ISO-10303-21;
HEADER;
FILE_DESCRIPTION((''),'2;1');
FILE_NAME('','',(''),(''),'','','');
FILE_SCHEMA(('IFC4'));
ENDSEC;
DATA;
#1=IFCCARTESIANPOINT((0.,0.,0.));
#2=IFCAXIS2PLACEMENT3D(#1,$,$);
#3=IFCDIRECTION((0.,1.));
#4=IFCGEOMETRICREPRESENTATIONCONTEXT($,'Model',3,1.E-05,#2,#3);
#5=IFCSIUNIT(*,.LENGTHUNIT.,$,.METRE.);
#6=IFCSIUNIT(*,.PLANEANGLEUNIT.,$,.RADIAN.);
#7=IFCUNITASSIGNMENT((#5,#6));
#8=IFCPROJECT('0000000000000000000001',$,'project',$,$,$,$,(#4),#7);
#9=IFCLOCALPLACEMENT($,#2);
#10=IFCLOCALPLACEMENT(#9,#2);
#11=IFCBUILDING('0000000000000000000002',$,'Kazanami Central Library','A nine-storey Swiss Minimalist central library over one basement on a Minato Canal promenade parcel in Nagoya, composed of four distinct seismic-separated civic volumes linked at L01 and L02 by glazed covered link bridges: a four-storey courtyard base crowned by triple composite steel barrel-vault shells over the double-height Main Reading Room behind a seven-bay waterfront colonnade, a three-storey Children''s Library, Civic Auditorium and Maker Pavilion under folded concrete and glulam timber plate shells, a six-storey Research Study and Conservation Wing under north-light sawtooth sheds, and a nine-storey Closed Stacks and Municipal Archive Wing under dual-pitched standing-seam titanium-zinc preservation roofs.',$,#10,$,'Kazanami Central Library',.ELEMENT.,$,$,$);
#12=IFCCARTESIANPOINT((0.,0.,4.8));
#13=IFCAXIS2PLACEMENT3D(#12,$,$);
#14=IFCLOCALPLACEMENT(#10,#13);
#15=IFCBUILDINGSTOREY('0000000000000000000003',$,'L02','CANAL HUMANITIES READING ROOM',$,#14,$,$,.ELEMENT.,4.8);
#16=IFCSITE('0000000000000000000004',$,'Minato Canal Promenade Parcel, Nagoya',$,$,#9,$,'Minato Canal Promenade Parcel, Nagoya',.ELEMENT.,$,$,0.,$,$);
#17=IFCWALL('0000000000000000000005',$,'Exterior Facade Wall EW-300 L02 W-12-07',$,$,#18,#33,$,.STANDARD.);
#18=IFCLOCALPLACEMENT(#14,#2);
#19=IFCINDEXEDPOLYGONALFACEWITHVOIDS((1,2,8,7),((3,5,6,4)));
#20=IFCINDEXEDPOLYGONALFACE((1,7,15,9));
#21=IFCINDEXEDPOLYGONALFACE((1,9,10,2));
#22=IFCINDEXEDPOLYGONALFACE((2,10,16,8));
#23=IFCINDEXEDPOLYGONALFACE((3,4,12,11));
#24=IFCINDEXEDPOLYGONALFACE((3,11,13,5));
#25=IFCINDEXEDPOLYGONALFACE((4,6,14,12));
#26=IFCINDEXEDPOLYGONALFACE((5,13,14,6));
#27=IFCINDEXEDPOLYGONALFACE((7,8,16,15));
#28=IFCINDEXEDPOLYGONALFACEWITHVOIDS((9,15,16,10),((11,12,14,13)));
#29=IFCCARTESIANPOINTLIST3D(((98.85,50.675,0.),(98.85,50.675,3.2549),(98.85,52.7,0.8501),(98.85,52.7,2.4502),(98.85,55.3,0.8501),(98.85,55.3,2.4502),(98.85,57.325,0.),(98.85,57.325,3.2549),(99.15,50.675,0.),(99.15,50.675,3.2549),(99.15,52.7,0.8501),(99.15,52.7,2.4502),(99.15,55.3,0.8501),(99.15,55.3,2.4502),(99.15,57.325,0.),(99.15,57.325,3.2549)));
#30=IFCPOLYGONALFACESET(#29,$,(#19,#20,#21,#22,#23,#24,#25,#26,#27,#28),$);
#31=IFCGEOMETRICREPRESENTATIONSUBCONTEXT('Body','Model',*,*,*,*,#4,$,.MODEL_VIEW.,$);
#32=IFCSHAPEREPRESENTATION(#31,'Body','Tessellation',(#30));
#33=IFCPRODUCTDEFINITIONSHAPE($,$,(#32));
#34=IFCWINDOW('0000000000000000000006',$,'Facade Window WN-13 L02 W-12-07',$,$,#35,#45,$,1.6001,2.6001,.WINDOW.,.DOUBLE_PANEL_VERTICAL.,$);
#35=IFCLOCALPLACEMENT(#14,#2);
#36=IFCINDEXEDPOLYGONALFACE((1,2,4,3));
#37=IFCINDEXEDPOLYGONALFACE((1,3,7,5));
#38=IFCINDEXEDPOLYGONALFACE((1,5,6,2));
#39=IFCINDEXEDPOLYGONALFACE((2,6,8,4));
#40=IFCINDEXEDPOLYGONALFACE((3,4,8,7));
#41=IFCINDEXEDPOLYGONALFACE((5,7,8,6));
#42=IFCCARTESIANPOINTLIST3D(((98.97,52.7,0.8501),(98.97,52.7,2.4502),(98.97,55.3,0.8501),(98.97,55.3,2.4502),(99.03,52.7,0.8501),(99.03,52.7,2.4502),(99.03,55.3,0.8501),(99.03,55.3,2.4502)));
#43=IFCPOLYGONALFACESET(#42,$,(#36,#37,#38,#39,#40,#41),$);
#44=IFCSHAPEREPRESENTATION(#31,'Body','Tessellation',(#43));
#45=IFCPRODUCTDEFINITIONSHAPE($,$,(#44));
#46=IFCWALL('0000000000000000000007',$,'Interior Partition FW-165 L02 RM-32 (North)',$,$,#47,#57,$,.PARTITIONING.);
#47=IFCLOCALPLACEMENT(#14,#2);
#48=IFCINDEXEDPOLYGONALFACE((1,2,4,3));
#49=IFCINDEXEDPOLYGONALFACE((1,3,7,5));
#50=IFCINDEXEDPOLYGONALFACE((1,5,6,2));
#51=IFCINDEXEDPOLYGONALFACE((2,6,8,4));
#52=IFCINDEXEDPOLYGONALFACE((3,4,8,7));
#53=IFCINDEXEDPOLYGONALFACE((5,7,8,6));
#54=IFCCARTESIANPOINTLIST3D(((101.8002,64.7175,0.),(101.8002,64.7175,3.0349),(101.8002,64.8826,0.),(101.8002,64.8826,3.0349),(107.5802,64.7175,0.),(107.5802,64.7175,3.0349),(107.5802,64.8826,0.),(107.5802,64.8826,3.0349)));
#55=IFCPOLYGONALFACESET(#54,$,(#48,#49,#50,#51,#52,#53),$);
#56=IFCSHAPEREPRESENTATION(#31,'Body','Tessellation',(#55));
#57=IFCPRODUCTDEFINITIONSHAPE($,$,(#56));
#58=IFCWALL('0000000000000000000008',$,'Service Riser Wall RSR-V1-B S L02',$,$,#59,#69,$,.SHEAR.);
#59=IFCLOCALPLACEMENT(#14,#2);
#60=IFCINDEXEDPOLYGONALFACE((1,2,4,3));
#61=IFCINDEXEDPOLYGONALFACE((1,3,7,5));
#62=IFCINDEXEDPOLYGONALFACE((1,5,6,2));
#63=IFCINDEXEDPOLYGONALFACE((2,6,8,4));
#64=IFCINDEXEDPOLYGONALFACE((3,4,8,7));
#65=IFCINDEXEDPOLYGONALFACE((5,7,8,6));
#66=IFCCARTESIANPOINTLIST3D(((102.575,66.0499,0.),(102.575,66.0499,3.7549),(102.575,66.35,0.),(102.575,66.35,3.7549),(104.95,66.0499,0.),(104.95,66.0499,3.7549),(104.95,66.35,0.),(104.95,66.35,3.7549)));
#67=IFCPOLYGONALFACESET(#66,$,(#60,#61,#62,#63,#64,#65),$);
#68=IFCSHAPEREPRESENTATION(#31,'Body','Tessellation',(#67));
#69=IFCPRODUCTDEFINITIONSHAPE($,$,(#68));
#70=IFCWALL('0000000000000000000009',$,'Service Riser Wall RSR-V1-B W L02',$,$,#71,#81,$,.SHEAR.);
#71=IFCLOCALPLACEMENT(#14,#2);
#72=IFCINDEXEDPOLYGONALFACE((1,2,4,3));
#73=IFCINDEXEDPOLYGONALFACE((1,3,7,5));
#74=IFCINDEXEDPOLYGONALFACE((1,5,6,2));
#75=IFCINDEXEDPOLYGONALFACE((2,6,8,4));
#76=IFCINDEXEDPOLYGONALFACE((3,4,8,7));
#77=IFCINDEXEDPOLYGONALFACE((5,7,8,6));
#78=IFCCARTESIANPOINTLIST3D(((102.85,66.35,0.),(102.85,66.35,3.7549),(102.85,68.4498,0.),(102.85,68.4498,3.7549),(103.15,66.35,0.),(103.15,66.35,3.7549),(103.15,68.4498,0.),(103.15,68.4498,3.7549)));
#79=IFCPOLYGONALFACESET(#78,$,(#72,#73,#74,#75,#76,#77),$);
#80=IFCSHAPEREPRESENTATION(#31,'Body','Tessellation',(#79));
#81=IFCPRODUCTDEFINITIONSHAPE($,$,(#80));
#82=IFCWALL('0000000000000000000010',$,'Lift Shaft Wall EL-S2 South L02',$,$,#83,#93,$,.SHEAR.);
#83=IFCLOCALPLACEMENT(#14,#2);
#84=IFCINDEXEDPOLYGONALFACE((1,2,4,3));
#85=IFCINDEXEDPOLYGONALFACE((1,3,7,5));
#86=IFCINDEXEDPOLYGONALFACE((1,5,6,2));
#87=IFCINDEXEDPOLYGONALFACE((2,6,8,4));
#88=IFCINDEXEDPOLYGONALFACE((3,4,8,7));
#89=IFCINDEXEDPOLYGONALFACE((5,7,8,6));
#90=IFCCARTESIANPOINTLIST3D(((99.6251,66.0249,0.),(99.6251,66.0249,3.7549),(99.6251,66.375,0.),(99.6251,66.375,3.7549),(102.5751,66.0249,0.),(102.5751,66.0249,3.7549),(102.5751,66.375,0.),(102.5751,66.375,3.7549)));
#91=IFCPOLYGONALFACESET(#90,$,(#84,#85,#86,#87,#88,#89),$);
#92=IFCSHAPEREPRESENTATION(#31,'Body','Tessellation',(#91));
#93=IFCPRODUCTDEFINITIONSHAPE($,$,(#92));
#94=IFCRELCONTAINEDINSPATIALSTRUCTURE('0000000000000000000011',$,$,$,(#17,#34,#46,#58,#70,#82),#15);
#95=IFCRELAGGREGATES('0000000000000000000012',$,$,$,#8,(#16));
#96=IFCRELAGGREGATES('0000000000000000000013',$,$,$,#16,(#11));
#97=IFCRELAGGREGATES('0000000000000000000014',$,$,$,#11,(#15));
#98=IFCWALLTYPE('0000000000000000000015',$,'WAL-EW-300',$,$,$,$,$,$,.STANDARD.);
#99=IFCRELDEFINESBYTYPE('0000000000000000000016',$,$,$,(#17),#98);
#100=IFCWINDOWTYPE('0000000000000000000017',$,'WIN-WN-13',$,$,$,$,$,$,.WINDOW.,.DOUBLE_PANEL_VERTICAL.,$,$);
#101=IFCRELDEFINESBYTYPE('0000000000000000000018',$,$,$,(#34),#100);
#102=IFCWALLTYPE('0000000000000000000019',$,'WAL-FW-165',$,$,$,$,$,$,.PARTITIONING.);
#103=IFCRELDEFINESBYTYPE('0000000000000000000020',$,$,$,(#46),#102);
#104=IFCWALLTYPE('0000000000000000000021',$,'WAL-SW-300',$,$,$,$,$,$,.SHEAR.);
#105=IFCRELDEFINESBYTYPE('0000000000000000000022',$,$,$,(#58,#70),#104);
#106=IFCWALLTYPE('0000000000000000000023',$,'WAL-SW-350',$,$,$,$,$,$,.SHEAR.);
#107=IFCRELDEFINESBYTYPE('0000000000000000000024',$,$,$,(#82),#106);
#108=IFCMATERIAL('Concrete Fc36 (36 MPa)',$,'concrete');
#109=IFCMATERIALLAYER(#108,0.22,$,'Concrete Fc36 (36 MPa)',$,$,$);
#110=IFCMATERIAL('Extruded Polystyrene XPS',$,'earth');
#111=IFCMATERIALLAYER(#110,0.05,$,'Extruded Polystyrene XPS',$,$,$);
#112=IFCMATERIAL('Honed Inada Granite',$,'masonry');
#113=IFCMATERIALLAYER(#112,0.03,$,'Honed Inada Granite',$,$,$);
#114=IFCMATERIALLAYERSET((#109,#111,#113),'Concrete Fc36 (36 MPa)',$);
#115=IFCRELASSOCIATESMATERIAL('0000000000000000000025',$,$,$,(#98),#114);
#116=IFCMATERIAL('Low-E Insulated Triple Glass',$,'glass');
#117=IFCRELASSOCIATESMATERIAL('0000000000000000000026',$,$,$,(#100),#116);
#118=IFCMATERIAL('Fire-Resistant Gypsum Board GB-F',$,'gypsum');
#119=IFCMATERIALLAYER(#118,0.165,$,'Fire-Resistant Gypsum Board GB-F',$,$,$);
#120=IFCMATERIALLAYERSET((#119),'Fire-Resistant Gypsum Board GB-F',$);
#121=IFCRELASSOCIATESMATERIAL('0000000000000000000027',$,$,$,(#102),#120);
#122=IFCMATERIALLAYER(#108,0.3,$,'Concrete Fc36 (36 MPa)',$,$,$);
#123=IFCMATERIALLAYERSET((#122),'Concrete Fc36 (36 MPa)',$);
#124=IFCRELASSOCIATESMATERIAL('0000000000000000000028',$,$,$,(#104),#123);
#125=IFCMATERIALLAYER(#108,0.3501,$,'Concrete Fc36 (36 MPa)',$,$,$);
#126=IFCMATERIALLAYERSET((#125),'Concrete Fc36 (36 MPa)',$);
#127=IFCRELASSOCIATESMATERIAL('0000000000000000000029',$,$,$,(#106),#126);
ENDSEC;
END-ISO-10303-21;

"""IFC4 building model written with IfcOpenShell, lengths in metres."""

from ifc_helpers import new_model, si_unit, direction, frame, frame_2d, origin, place, context, subcontext, project, spatial, rectangle, extrude, material, layer, layer_set, type_object, element, fill, save


model = new_model("IFC4")

# Units and contexts
model_context = context("Model", 3, precision=1e-05, world=origin(), true_north=direction((0.0, 1.0)))
body_context = subcontext(model_context, "Body", "Model", "MODEL_VIEW")
ifc_project = project(units=[si_unit("LENGTHUNIT", "METRE"), si_unit("PLANEANGLEUNIT", "RADIAN")], contexts=[model_context])

# Site, building, storey
site_placement = place(None, origin())
site = spatial("IfcSite", under=ifc_project, at=site_placement, Name="Minato Canal Promenade Parcel, Nagoya", LongName="Minato Canal Promenade Parcel, Nagoya", CompositionType="ELEMENT", RefElevation=0.0)
building_placement = place(site_placement, origin())
building = spatial("IfcBuilding", under=site, at=building_placement, Name="Kazanami Central Library", Description="A nine-storey Swiss Minimalist central library over one basement on a Minato Canal promenade parcel in Nagoya, composed of four distinct seismic-separated civic volumes linked at L01 and L02 by glazed covered link bridges: a four-storey courtyard base crowned by triple composite steel barrel-vault shells over the double-height Main Reading Room behind a seven-bay waterfront colonnade, a three-storey Children's Library, Civic Auditorium and Maker Pavilion under folded concrete and glulam timber plate shells, a six-storey Research Study and Conservation Wing under north-light sawtooth sheds, and a nine-storey Closed Stacks and Municipal Archive Wing under dual-pitched standing-seam titanium-zinc preservation roofs.", LongName="Kazanami Central Library", CompositionType="ELEMENT")
storey_placement = place(building_placement, frame((0.0, 0.0, 4.8)))
storey = spatial("IfcBuildingStorey", under=building, at=storey_placement, Name="L02", Description="CANAL HUMANITIES READING ROOM", CompositionType="ELEMENT", Elevation=4.8)

# Shared definitions
ifc_material_1 = material(Name="Low-E Insulated Triple Glass", Category="glass")

# Wall, opening, window
ifc_material_2 = material(Name="Concrete Fc36 (36 MPa)", Category="concrete")
ifc_layer_1 = layer(ifc_material_2, 0.22, Name="Concrete Fc36 (36 MPa)")
ifc_material_3 = material(Name="Extruded Polystyrene XPS", Category="earth")
ifc_layer_2 = layer(ifc_material_3, 0.05, Name="Extruded Polystyrene XPS")
ifc_material_4 = material(Name="Honed Inada Granite", Category="masonry")
ifc_layer_3 = layer(ifc_material_4, 0.03, Name="Honed Inada Granite")
ifc_layer_set_1 = layer_set([ifc_layer_1, ifc_layer_2, ifc_layer_3], Name="Concrete Fc36 (36 MPa)")
wall_type_1 = type_object("IfcWallType", Name="WAL-EW-300", PredefinedType="STANDARD", material=ifc_layer_set_1)
wall_1_placement = place(storey_placement, frame((99.0, 50.675, 0.0), z_axis=(0.0, 0.0, 1.0), x_axis=(0.0, 1.0, 0.0)))
wall_1 = element("IfcWall", 1, at=wall_1_placement, inside=storey, type_object=wall_type_1, Name="Exterior Facade Wall EW-300 L02 W-12-07", PredefinedType="STANDARD", context=body_context, shape_type="SweptSolid", body=[
    extrude(rectangle(XDim=6.6499, YDim=0.3, at=frame_2d((3.325, 0.0))), origin(), (0.0, 0.0, 1.0), 3.2549),
])
opening_placement = place(wall_1_placement, frame((2.0249, 0.0, 0.8501)))
opening = element("IfcOpeningElement", 2, at=opening_placement, cuts=wall_1, PredefinedType="OPENING", context=body_context, shape_type="SweptSolid", body=[
    extrude(rectangle(XDim=2.6001, YDim=1.6001, at=frame_2d((1.3, 0.8))), frame((0.0, 0.1621, 0.0), z_axis=(0.0, -1.0, 0.0), x_axis=(1.0, 0.0, 0.0)), (0.0, 0.0, 1.0), 0.324),
])
window_type = type_object("IfcWindowType", Name="WIN-WN-13", PartitioningType="DOUBLE_PANEL_VERTICAL", PredefinedType="WINDOW", material=ifc_material_1)
window_placement = place(opening_placement, origin())
window = element("IfcWindow", 3, at=window_placement, inside=storey, type_object=window_type, Name="Facade Window WN-13 L02 W-12-07", OverallHeight=1.6001, OverallWidth=2.6001, PartitioningType="DOUBLE_PANEL_VERTICAL", PredefinedType="WINDOW", context=body_context, shape_type="SweptSolid", body=[
    extrude(rectangle(XDim=2.6001, YDim=1.6001, at=frame_2d((1.3, 0.8))), frame((0.0, 0.03, 0.0), z_axis=(0.0, -1.0, 0.0), x_axis=(1.0, 0.0, 0.0)), (0.0, 0.0, 1.0), 0.0601),
])
fill(opening, window)

# Walls
ifc_material_5 = material(Name="Fire-Resistant Gypsum Board GB-F", Category="gypsum")
ifc_layer_4 = layer(ifc_material_5, 0.165, Name="Fire-Resistant Gypsum Board GB-F")
ifc_layer_set_2 = layer_set([ifc_layer_4], Name="Fire-Resistant Gypsum Board GB-F")
wall_type_2 = type_object("IfcWallType", Name="WAL-FW-165", PredefinedType="PARTITIONING", material=ifc_layer_set_2)
wall_2_placement = place(storey_placement, frame((101.8, 64.8, 0.0), z_axis=(0.0, 0.0, 1.0), x_axis=(1.0, 0.0, 0.0)))
element("IfcWall", 4, at=wall_2_placement, inside=storey, type_object=wall_type_2, Name="Interior Partition FW-165 L02 RM-32 (North)", PredefinedType="PARTITIONING", context=body_context, shape_type="SweptSolid", body=[
    extrude(rectangle(XDim=5.78, YDim=0.165, at=frame_2d((2.8901, 0.0))), origin(), (0.0, 0.0, 1.0), 3.0349),
])
ifc_layer_5 = layer(ifc_material_2, 0.3, Name="Concrete Fc36 (36 MPa)")
ifc_layer_set_3 = layer_set([ifc_layer_5], Name="Concrete Fc36 (36 MPa)")
wall_type_3 = type_object("IfcWallType", Name="WAL-SW-300", PredefinedType="SHEAR", material=ifc_layer_set_3)
wall_3_placement = place(storey_placement, frame((102.575, 66.2, 0.0), z_axis=(0.0, 0.0, 1.0), x_axis=(1.0, 0.0, 0.0)))
element("IfcWall", 5, at=wall_3_placement, inside=storey, type_object=wall_type_3, Name="Service Riser Wall RSR-V1-B S L02", PredefinedType="SHEAR", context=body_context, shape_type="SweptSolid", body=[
    extrude(rectangle(XDim=2.375, YDim=0.3, at=frame_2d((1.1875, 0.0))), origin(), (0.0, 0.0, 1.0), 3.7549),
])
wall_4_placement = place(storey_placement, frame((103.0, 66.3501, 0.0), z_axis=(0.0, 0.0, 1.0), x_axis=(0.0, 1.0, 0.0)))
element("IfcWall", 6, at=wall_4_placement, inside=storey, type_object=wall_type_3, Name="Service Riser Wall RSR-V1-B W L02", PredefinedType="SHEAR", context=body_context, shape_type="SweptSolid", body=[
    extrude(rectangle(XDim=2.0999, YDim=0.3, at=frame_2d((1.0498, 0.0))), origin(), (0.0, 0.0, 1.0), 3.7549),
])
ifc_layer_6 = layer(ifc_material_2, 0.3501, Name="Concrete Fc36 (36 MPa)")
ifc_layer_set_4 = layer_set([ifc_layer_6], Name="Concrete Fc36 (36 MPa)")
wall_type_4 = type_object("IfcWallType", Name="WAL-SW-350", PredefinedType="SHEAR", material=ifc_layer_set_4)
wall_5_placement = place(storey_placement, frame((99.625, 66.2, 0.0), z_axis=(0.0, 0.0, 1.0), x_axis=(1.0, 0.0, 0.0)))
element("IfcWall", 7, at=wall_5_placement, inside=storey, type_object=wall_type_4, Name="Lift Shaft Wall EL-S2 South L02", PredefinedType="SHEAR", context=body_context, shape_type="SweptSolid", body=[
    extrude(rectangle(XDim=2.95, YDim=0.3501, at=frame_2d((1.4751, 0.0))), origin(), (0.0, 0.0, 1.0), 3.7549),
])

save(model, "model.ifc")
